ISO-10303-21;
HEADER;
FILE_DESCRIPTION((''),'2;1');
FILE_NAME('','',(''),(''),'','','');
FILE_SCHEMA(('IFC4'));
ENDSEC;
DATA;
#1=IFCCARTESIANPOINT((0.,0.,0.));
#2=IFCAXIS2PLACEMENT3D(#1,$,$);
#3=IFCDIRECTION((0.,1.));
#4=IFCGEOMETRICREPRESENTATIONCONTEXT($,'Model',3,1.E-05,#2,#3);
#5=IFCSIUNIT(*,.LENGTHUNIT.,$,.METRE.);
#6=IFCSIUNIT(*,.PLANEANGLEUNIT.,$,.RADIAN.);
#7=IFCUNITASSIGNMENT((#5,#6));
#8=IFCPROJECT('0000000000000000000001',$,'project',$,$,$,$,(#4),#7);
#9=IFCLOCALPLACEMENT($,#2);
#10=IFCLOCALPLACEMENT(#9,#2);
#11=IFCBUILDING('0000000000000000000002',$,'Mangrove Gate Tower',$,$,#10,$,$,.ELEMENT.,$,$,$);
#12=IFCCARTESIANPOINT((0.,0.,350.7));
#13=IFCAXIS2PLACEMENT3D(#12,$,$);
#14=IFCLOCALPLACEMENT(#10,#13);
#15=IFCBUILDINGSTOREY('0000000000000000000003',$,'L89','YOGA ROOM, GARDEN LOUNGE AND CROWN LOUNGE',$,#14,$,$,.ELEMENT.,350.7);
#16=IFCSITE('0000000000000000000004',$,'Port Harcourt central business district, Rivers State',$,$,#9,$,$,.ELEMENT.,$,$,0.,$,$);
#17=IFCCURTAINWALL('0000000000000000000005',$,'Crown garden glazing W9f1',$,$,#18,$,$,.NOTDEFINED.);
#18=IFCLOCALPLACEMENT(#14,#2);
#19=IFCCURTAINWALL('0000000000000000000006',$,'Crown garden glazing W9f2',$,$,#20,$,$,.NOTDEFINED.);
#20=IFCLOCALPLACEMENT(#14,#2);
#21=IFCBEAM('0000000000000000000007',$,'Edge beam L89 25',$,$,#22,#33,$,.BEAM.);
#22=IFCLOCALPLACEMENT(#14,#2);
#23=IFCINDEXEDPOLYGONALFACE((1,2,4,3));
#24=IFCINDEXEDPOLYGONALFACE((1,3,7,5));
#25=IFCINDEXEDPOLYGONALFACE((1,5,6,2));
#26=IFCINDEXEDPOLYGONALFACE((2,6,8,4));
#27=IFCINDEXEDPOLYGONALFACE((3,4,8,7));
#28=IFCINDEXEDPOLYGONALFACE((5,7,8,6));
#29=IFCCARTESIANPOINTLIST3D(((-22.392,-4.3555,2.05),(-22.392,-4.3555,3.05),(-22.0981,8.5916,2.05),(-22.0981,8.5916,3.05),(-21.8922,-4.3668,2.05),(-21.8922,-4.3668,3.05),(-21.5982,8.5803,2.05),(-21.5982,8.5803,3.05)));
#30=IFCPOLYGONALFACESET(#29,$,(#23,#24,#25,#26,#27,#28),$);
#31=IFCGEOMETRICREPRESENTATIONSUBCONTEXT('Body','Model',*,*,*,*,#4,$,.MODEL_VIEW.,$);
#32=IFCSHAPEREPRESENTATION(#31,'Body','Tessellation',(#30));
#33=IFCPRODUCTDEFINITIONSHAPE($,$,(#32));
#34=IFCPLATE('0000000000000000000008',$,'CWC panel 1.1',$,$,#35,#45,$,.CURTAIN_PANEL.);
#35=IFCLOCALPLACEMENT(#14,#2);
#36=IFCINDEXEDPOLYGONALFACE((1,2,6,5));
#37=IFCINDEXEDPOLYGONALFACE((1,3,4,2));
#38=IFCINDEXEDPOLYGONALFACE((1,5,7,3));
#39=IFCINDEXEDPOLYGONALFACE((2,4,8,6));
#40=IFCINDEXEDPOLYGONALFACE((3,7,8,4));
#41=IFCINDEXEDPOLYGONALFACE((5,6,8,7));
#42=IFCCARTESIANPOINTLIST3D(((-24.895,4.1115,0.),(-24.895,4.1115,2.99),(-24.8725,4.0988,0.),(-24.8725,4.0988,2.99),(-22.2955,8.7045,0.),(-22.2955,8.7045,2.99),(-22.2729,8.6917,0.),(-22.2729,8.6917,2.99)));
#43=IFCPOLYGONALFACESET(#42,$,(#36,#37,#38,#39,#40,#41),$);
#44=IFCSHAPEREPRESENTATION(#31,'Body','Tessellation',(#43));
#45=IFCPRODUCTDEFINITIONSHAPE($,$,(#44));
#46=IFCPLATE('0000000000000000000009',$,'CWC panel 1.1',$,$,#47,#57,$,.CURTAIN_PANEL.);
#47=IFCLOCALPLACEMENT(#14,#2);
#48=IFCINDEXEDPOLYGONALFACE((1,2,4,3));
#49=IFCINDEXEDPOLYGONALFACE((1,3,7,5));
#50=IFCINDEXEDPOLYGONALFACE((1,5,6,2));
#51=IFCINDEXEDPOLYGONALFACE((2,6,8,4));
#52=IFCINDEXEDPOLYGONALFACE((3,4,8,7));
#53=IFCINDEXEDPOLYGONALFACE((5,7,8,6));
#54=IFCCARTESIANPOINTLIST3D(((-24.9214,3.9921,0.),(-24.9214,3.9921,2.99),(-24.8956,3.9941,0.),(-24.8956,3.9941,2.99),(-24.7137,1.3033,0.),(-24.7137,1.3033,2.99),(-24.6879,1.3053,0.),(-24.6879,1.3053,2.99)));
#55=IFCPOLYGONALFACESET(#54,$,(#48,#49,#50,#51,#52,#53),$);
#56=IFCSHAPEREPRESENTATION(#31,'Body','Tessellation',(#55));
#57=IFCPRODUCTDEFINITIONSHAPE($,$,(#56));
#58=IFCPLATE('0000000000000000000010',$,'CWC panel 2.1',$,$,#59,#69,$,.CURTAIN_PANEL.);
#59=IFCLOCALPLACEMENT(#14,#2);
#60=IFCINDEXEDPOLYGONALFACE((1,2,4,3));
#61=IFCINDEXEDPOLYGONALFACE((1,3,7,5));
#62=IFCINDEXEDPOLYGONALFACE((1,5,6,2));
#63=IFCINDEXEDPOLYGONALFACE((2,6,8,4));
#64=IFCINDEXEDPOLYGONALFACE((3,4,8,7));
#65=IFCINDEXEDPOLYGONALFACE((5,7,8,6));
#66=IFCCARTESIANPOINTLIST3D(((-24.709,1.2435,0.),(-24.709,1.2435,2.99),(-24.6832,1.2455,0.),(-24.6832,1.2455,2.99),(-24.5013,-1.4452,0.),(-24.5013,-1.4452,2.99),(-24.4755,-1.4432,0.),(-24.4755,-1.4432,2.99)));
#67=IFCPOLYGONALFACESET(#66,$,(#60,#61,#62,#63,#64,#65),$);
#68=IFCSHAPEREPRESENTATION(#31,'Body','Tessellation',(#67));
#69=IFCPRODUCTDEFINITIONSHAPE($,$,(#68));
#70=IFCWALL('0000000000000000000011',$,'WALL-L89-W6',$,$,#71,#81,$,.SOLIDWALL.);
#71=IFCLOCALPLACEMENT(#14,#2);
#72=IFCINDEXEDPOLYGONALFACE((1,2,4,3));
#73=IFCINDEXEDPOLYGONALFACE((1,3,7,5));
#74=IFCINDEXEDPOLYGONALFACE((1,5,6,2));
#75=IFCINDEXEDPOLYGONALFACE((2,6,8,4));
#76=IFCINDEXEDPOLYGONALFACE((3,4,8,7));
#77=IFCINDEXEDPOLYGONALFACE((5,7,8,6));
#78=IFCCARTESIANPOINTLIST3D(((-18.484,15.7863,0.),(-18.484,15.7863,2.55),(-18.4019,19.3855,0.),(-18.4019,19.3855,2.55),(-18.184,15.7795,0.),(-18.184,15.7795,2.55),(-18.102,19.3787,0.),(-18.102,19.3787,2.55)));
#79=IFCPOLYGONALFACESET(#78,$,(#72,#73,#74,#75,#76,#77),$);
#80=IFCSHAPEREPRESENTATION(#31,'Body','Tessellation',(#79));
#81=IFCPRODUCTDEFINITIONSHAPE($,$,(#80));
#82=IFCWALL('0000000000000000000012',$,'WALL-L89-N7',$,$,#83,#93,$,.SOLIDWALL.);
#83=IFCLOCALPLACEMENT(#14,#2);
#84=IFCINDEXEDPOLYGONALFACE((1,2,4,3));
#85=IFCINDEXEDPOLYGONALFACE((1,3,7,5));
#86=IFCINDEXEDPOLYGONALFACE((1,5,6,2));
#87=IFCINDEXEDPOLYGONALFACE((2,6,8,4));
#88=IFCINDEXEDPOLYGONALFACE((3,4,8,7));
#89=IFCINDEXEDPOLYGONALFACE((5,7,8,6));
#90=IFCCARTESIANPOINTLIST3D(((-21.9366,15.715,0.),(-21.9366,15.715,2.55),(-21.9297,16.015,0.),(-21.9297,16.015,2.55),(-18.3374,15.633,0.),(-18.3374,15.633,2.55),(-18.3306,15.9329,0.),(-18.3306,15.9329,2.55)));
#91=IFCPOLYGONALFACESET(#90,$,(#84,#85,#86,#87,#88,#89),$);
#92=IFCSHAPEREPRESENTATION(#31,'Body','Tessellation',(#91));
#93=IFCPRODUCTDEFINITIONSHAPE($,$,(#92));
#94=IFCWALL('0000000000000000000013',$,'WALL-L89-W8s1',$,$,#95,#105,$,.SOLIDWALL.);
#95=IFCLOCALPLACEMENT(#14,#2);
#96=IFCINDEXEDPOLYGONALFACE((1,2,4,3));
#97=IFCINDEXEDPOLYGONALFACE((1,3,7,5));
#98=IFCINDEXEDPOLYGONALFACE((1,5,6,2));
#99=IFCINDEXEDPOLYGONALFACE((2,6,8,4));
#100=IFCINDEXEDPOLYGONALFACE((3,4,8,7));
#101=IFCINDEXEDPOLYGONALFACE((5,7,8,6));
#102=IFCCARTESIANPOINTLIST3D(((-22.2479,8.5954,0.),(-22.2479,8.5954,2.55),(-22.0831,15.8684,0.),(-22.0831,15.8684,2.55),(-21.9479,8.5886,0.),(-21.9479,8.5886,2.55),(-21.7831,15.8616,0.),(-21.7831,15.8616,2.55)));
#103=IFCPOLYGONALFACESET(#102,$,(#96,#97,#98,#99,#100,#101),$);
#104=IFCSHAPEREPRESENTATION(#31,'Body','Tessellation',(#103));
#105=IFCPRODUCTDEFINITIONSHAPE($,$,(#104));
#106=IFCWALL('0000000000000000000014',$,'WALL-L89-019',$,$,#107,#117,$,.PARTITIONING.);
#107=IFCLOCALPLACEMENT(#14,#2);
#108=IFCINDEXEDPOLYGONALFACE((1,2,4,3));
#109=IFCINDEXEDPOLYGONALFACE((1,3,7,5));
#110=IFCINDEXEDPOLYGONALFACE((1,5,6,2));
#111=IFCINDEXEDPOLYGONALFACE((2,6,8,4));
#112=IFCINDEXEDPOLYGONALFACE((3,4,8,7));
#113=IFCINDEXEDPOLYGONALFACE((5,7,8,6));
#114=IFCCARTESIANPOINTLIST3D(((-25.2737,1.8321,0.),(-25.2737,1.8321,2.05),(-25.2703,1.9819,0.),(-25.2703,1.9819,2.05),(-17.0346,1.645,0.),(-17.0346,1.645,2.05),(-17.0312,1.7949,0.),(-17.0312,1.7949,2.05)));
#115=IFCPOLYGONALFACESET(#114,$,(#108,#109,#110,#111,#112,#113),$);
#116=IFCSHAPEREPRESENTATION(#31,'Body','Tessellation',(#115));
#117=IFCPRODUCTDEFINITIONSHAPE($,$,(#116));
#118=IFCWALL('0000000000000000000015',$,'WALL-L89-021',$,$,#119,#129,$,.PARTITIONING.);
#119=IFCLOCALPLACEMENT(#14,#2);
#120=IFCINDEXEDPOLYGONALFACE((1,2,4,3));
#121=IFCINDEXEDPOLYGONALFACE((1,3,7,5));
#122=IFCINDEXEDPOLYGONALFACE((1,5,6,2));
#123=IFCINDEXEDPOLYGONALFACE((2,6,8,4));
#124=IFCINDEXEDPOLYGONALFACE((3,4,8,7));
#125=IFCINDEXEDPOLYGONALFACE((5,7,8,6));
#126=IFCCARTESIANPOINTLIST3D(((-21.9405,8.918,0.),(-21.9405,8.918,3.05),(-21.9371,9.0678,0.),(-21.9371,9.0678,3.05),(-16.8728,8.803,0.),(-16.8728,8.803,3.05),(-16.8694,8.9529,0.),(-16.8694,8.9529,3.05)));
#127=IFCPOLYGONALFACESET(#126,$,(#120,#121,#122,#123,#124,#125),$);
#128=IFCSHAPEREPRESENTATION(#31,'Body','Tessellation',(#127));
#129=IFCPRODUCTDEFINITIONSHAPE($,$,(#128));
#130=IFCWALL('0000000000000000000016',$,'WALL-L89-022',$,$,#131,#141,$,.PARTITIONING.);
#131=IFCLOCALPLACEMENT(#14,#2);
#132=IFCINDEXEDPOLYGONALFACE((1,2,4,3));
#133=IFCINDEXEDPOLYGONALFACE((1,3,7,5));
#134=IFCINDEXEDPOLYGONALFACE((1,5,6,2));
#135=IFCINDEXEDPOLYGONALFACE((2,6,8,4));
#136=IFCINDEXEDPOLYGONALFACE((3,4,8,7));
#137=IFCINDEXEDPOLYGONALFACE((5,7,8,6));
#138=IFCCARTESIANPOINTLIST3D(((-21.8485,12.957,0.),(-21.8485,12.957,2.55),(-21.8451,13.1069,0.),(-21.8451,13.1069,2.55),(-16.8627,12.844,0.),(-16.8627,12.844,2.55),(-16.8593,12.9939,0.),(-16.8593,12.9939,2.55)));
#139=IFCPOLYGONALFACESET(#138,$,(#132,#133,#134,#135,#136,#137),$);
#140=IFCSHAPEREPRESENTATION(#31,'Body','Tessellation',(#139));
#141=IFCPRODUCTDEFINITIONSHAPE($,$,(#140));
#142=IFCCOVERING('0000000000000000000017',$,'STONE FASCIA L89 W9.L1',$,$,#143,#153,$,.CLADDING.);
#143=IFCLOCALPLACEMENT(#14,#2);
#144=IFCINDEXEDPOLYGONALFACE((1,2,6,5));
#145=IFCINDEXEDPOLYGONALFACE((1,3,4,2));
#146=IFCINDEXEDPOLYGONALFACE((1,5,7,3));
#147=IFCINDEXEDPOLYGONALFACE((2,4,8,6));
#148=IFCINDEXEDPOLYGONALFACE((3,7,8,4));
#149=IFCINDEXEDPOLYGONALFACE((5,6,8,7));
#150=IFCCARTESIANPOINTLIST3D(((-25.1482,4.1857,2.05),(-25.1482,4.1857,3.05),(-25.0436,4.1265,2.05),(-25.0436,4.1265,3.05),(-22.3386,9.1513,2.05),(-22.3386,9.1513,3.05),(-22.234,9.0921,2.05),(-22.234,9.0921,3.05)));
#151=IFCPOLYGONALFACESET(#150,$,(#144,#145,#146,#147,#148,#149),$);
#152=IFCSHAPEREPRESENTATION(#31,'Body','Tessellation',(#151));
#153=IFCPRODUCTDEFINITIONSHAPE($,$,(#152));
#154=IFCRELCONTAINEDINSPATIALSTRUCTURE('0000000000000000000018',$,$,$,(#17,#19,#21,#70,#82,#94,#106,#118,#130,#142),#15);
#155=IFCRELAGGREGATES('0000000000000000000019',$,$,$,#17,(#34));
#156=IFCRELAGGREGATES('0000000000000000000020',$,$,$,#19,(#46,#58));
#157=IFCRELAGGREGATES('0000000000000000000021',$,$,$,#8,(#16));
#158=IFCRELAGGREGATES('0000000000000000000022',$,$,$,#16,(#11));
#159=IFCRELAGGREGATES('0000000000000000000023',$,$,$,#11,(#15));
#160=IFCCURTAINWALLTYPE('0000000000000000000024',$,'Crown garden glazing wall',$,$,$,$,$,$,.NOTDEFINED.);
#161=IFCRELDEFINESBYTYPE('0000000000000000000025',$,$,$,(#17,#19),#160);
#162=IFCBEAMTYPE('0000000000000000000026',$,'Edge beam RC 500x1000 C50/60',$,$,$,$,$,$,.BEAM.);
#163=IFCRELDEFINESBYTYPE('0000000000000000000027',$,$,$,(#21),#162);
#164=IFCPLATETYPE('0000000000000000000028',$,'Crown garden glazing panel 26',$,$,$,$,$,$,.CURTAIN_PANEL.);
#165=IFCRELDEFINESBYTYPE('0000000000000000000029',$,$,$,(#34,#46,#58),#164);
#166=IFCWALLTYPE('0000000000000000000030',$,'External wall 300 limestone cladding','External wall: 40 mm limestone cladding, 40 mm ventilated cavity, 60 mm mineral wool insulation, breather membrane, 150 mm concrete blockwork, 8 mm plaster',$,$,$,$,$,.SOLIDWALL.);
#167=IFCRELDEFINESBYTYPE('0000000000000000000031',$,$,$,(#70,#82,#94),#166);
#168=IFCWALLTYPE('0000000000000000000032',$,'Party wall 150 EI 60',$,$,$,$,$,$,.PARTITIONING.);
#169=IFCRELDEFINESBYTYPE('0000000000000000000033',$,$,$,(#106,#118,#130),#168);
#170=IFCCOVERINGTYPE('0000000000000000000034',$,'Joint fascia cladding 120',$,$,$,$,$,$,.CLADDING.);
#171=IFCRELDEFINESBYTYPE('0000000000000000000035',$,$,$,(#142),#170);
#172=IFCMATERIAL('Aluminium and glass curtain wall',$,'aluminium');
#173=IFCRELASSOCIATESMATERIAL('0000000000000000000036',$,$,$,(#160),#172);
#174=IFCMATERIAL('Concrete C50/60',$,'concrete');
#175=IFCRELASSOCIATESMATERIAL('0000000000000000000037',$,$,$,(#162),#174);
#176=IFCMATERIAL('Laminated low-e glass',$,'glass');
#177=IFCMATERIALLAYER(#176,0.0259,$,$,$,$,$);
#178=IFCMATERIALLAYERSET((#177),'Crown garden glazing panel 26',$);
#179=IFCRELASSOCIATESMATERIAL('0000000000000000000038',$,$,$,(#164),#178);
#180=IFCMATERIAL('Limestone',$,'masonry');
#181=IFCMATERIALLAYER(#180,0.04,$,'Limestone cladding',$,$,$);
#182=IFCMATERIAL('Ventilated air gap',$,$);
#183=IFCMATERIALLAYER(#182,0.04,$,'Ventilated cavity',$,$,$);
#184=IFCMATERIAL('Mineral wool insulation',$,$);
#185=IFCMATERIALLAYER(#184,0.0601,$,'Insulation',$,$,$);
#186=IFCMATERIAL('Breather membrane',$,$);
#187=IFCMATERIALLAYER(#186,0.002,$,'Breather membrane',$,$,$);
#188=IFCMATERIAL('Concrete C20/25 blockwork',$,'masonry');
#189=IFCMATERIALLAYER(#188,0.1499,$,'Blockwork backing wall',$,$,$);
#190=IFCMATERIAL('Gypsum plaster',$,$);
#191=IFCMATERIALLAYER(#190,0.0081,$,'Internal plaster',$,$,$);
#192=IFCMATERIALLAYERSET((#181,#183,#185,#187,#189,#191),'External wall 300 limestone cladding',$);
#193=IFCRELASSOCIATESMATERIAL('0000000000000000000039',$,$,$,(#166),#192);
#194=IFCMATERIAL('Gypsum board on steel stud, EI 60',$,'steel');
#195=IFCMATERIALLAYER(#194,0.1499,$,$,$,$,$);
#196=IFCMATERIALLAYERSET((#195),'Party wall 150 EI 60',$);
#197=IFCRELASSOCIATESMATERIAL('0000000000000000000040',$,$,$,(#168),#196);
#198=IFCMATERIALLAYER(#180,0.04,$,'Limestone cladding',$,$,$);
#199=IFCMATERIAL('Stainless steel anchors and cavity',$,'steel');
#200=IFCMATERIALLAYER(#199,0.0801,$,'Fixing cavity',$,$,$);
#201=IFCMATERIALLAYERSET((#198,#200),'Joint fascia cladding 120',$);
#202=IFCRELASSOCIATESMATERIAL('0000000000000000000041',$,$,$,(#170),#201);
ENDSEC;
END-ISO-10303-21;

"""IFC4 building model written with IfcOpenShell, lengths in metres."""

from ifc_helpers import new_model, si_unit, direction, frame, frame_2d, origin, origin_2d, place, context, subcontext, project, spatial, rectangle, extrude, material, layer, layer_set, material_profile, profile_set, type_object, element, aggregate, save


model = new_model("IFC4")

# Units and contexts
model_context = context("Model", 3, precision=1e-05, world=origin(), true_north=direction((0.0, 1.0)))
body_context = subcontext(model_context, "Body", "Model", "MODEL_VIEW")
ifc_project = project(units=[si_unit("LENGTHUNIT", "METRE"), si_unit("PLANEANGLEUNIT", "RADIAN")], contexts=[model_context])

# Site, building, storey
site_placement = place(None, origin())
site = spatial("IfcSite", under=ifc_project, at=site_placement, Name="Port Harcourt central business district, Rivers State", CompositionType="ELEMENT", RefElevation=0.0)
building_placement = place(site_placement, origin())
building = spatial("IfcBuilding", under=site, at=building_placement, Name="Mangrove Gate Tower", CompositionType="ELEMENT")
storey_placement = place(building_placement, frame((0.0, 0.0, 350.7)))
storey = spatial("IfcBuildingStorey", under=building, at=storey_placement, Name="L89", Description="YOGA ROOM, GARDEN LOUNGE AND CROWN LOUNGE", CompositionType="ELEMENT", Elevation=350.7)

# Curtain walls
ifc_material_1 = material(Name="Aluminium and glass curtain wall", Category="aluminium")
curtain_wall_type = type_object("IfcCurtainWallType", Name="Crown garden glazing wall", PredefinedType="NOTDEFINED", material=ifc_material_1)
curtain_wall_1_placement = place(storey_placement, origin())
curtain_wall_1 = element("IfcCurtainWall", 1, at=curtain_wall_1_placement, inside=storey, type_object=curtain_wall_type, Name="Crown garden glazing W9f1", PredefinedType="NOTDEFINED")
curtain_wall_2_placement = place(storey_placement, origin())
curtain_wall_2 = element("IfcCurtainWall", 2, at=curtain_wall_2_placement, inside=storey, type_object=curtain_wall_type, Name="Crown garden glazing W9f2", PredefinedType="NOTDEFINED")

# Beam
ifc_material_2 = material(Name="Concrete C50/60", Category="concrete")
ifc_material_profile_1 = material_profile(ifc_material_2, rectangle(XDim=0.5, YDim=1.0, at=origin_2d()))
ifc_profile_set_1 = profile_set([ifc_material_profile_1], Name="Concrete C50/60")
beam_type_1 = type_object("IfcBeamType", Name="Edge beam RC 500x1000 C50/60", PredefinedType="BEAM", material=ifc_profile_set_1)
beam_1_placement = place(storey_placement, frame((-21.8481, 8.5859, 2.55), z_axis=(-0.022698, -0.999742, 0.0), x_axis=(0.999742, -0.022698, 0.0)))
element("IfcBeam", 3, at=beam_1_placement, inside=storey, type_object=beam_type_1, Name="Edge beam L89 25", PredefinedType="BEAM", context=body_context, shape_type="SweptSolid", body=[
    extrude(rectangle(XDim=0.5, YDim=1.0, at=origin_2d()), origin(), (0.0, 0.0, 1.0), 12.9504),
])

# Plates
ifc_material_3 = material(Name="Laminated low-e glass", Category="glass")
ifc_layer_1 = layer(ifc_material_3, 0.0259)
ifc_layer_set_1 = layer_set([ifc_layer_1], Name="Crown garden glazing panel 26")
plate_type = type_object("IfcPlateType", Name="Crown garden glazing panel 26", PredefinedType="CURTAIN_PANEL", material=ifc_layer_set_1)
plate_1_placement = place(storey_placement, frame((-23.584, 6.4016, 0.0), z_axis=(0.0, 0.0, 1.0), x_axis=(-0.492565, -0.870276, 0.0)))
plate_1 = element("IfcPlate", 4, at=plate_1_placement, type_object=plate_type, Name="CWC panel 1.1", PredefinedType="CURTAIN_PANEL", context=body_context, shape_type="SweptSolid", body=[
    extrude(rectangle(XDim=5.2776, YDim=0.0259, at=origin_2d()), origin(), (0.0, 0.0, 1.0), 2.99),
])
aggregate(curtain_wall_1, [plate_1])
plate_2_placement = place(storey_placement, frame((-24.8047, 2.6487, 0.0), z_axis=(0.0, 0.0, 1.0), x_axis=(0.077023, -0.997029, 0.0)))
plate_2 = element("IfcPlate", 5, at=plate_2_placement, type_object=plate_type, Name="CWC panel 1.1", PredefinedType="CURTAIN_PANEL", context=body_context, shape_type="SweptSolid", body=[
    extrude(rectangle(XDim=2.6968, YDim=0.0259, at=origin_2d()), origin(), (0.0, 0.0, 1.0), 2.99),
])
plate_3_placement = place(storey_placement, frame((-24.5923, -0.0999, 0.0), z_axis=(0.0, 0.0, 1.0), x_axis=(0.077023, -0.997029, 0.0)))
plate_3 = element("IfcPlate", 6, at=plate_3_placement, type_object=plate_type, Name="CWC panel 2.1", PredefinedType="CURTAIN_PANEL", context=body_context, shape_type="SweptSolid", body=[
    extrude(rectangle(XDim=2.6968, YDim=0.0259, at=origin_2d()), origin(), (0.0, 0.0, 1.0), 2.99),
])
aggregate(curtain_wall_2, [plate_2, plate_3])

# Walls
ifc_material_4 = material(Name="Limestone", Category="masonry")
ifc_layer_2 = layer(ifc_material_4, 0.04, Name="Limestone cladding")
ifc_material_5 = material(Name="Ventilated air gap")
ifc_layer_3 = layer(ifc_material_5, 0.04, Name="Ventilated cavity")
ifc_material_6 = material(Name="Mineral wool insulation")
ifc_layer_4 = layer(ifc_material_6, 0.0601, Name="Insulation")
ifc_material_7 = material(Name="Breather membrane")
ifc_layer_5 = layer(ifc_material_7, 0.002, Name="Breather membrane")
ifc_material_8 = material(Name="Concrete C20/25 blockwork", Category="masonry")
ifc_layer_6 = layer(ifc_material_8, 0.1499, Name="Blockwork backing wall")
ifc_material_9 = material(Name="Gypsum plaster")
ifc_layer_7 = layer(ifc_material_9, 0.0081, Name="Internal plaster")
ifc_layer_set_2 = layer_set([ifc_layer_2, ifc_layer_3, ifc_layer_4, ifc_layer_5, ifc_layer_6, ifc_layer_7], Name="External wall 300 limestone cladding")
wall_type_1 = type_object("IfcWallType", Name="External wall 300 limestone cladding", Description="External wall: 40 mm limestone cladding, 40 mm ventilated cavity, 60 mm mineral wool insulation, breather membrane, 150 mm concrete blockwork, 8 mm plaster", PredefinedType="SOLIDWALL", material=ifc_layer_set_2)
for number, where, z_axis, x_axis, name in (
    (7, (-18.252, 19.3821, 0.0), (0.0, 0.0, 1.0), (-0.022786, -0.99974, 0.0), "WALL-L89-W6"),
    (8, (-18.334, 15.783, 0.0), (0.0, 0.0, 1.0), (-0.99974, 0.022786, 0.0), "WALL-L89-N7"),
):
    element("IfcWall", number, at=place(storey_placement, frame(where, z_axis=z_axis, x_axis=x_axis)), inside=storey, type_object=wall_type_1, Name=name, PredefinedType="SOLIDWALL", context=body_context, shape_type="SweptSolid", body=[
        extrude(rectangle(XDim=3.6001, YDim=0.3, at=frame_2d((1.8, 0.0))), origin(), (0.0, 0.0, 1.0), 2.55),
    ])
wall_1_placement = place(storey_placement, frame((-21.9331, 15.865, 0.0), z_axis=(0.0, 0.0, 1.0), x_axis=(-0.022653, -0.999743, 0.0)))
element("IfcWall", 9, at=wall_1_placement, inside=storey, type_object=wall_type_1, Name="WALL-L89-W8s1", PredefinedType="SOLIDWALL", context=body_context, shape_type="SweptSolid", body=[
    extrude(rectangle(XDim=7.2749, YDim=0.3, at=frame_2d((3.6375, 0.0))), origin(), (0.0, 0.0, 1.0), 2.55),
])
ifc_material_10 = material(Name="Gypsum board on steel stud, EI 60", Category="steel")
ifc_layer_8 = layer(ifc_material_10, 0.1499)
ifc_layer_set_3 = layer_set([ifc_layer_8], Name="Party wall 150 EI 60")
wall_type_2 = type_object("IfcWallType", Name="Party wall 150 EI 60", PredefinedType="PARTITIONING", material=ifc_layer_set_3)
wall_2_placement = place(storey_placement, frame((-25.272, 1.907, 0.0), z_axis=(0.0, 0.0, 1.0), x_axis=(0.999742, -0.022692, 0.0)))
element("IfcWall", 10, at=wall_2_placement, inside=storey, type_object=wall_type_2, Name="WALL-L89-019", PredefinedType="PARTITIONING", context=body_context, shape_type="SweptSolid", body=[
    extrude(rectangle(XDim=8.2412, YDim=0.1499, at=frame_2d((4.1206, 0.0))), origin(), (0.0, 0.0, 1.0), 2.05),
])
wall_3_placement = place(storey_placement, frame((-21.939, 8.9929, 0.0), z_axis=(0.0, 0.0, 1.0), x_axis=(0.999743, -0.022684, 0.0)))
element("IfcWall", 11, at=wall_3_placement, inside=storey, type_object=wall_type_2, Name="WALL-L89-021", PredefinedType="PARTITIONING", context=body_context, shape_type="SweptSolid", body=[
    extrude(rectangle(XDim=5.0691, YDim=0.1499, at=frame_2d((2.5347, 0.0))), origin(), (0.0, 0.0, 1.0), 3.05),
])
wall_4_placement = place(storey_placement, frame((-21.8469, 13.032, 0.0), z_axis=(0.0, 0.0, 1.0), x_axis=(0.999743, -0.022666, 0.0)))
element("IfcWall", 12, at=wall_4_placement, inside=storey, type_object=wall_type_2, Name="WALL-L89-022", PredefinedType="PARTITIONING", context=body_context, shape_type="SweptSolid", body=[
    extrude(rectangle(XDim=4.9871, YDim=0.1499, at=frame_2d((2.4937, 0.0))), origin(), (0.0, 0.0, 1.0), 2.55),
])

# Covering
ifc_layer_9 = layer(ifc_material_4, 0.04, Name="Limestone cladding")
ifc_material_11 = material(Name="Stainless steel anchors and cavity", Category="steel")
ifc_layer_10 = layer(ifc_material_11, 0.0801, Name="Fixing cavity")
ifc_layer_set_4 = layer_set([ifc_layer_9, ifc_layer_10], Name="Joint fascia cladding 120")
covering_type = type_object("IfcCoveringType", Name="Joint fascia cladding 120", PredefinedType="CLADDING", material=ifc_layer_set_4)
covering_placement = place(storey_placement, frame((-22.2864, 9.1216, 2.05), z_axis=(0.0, 0.0, 1.0), x_axis=(-0.492448, -0.870342, 0.0)))
element("IfcCovering", 13, at=covering_placement, inside=storey, type_object=covering_type, Name="STONE FASCIA L89 W9.L1", PredefinedType="CLADDING", context=body_context, shape_type="SweptSolid", body=[
    extrude(rectangle(XDim=5.7053, YDim=0.1201, at=frame_2d((2.8525, 0.0))), origin(), (0.0, 0.0, 1.0), 1.0),
])

save(model, "model.ifc")
